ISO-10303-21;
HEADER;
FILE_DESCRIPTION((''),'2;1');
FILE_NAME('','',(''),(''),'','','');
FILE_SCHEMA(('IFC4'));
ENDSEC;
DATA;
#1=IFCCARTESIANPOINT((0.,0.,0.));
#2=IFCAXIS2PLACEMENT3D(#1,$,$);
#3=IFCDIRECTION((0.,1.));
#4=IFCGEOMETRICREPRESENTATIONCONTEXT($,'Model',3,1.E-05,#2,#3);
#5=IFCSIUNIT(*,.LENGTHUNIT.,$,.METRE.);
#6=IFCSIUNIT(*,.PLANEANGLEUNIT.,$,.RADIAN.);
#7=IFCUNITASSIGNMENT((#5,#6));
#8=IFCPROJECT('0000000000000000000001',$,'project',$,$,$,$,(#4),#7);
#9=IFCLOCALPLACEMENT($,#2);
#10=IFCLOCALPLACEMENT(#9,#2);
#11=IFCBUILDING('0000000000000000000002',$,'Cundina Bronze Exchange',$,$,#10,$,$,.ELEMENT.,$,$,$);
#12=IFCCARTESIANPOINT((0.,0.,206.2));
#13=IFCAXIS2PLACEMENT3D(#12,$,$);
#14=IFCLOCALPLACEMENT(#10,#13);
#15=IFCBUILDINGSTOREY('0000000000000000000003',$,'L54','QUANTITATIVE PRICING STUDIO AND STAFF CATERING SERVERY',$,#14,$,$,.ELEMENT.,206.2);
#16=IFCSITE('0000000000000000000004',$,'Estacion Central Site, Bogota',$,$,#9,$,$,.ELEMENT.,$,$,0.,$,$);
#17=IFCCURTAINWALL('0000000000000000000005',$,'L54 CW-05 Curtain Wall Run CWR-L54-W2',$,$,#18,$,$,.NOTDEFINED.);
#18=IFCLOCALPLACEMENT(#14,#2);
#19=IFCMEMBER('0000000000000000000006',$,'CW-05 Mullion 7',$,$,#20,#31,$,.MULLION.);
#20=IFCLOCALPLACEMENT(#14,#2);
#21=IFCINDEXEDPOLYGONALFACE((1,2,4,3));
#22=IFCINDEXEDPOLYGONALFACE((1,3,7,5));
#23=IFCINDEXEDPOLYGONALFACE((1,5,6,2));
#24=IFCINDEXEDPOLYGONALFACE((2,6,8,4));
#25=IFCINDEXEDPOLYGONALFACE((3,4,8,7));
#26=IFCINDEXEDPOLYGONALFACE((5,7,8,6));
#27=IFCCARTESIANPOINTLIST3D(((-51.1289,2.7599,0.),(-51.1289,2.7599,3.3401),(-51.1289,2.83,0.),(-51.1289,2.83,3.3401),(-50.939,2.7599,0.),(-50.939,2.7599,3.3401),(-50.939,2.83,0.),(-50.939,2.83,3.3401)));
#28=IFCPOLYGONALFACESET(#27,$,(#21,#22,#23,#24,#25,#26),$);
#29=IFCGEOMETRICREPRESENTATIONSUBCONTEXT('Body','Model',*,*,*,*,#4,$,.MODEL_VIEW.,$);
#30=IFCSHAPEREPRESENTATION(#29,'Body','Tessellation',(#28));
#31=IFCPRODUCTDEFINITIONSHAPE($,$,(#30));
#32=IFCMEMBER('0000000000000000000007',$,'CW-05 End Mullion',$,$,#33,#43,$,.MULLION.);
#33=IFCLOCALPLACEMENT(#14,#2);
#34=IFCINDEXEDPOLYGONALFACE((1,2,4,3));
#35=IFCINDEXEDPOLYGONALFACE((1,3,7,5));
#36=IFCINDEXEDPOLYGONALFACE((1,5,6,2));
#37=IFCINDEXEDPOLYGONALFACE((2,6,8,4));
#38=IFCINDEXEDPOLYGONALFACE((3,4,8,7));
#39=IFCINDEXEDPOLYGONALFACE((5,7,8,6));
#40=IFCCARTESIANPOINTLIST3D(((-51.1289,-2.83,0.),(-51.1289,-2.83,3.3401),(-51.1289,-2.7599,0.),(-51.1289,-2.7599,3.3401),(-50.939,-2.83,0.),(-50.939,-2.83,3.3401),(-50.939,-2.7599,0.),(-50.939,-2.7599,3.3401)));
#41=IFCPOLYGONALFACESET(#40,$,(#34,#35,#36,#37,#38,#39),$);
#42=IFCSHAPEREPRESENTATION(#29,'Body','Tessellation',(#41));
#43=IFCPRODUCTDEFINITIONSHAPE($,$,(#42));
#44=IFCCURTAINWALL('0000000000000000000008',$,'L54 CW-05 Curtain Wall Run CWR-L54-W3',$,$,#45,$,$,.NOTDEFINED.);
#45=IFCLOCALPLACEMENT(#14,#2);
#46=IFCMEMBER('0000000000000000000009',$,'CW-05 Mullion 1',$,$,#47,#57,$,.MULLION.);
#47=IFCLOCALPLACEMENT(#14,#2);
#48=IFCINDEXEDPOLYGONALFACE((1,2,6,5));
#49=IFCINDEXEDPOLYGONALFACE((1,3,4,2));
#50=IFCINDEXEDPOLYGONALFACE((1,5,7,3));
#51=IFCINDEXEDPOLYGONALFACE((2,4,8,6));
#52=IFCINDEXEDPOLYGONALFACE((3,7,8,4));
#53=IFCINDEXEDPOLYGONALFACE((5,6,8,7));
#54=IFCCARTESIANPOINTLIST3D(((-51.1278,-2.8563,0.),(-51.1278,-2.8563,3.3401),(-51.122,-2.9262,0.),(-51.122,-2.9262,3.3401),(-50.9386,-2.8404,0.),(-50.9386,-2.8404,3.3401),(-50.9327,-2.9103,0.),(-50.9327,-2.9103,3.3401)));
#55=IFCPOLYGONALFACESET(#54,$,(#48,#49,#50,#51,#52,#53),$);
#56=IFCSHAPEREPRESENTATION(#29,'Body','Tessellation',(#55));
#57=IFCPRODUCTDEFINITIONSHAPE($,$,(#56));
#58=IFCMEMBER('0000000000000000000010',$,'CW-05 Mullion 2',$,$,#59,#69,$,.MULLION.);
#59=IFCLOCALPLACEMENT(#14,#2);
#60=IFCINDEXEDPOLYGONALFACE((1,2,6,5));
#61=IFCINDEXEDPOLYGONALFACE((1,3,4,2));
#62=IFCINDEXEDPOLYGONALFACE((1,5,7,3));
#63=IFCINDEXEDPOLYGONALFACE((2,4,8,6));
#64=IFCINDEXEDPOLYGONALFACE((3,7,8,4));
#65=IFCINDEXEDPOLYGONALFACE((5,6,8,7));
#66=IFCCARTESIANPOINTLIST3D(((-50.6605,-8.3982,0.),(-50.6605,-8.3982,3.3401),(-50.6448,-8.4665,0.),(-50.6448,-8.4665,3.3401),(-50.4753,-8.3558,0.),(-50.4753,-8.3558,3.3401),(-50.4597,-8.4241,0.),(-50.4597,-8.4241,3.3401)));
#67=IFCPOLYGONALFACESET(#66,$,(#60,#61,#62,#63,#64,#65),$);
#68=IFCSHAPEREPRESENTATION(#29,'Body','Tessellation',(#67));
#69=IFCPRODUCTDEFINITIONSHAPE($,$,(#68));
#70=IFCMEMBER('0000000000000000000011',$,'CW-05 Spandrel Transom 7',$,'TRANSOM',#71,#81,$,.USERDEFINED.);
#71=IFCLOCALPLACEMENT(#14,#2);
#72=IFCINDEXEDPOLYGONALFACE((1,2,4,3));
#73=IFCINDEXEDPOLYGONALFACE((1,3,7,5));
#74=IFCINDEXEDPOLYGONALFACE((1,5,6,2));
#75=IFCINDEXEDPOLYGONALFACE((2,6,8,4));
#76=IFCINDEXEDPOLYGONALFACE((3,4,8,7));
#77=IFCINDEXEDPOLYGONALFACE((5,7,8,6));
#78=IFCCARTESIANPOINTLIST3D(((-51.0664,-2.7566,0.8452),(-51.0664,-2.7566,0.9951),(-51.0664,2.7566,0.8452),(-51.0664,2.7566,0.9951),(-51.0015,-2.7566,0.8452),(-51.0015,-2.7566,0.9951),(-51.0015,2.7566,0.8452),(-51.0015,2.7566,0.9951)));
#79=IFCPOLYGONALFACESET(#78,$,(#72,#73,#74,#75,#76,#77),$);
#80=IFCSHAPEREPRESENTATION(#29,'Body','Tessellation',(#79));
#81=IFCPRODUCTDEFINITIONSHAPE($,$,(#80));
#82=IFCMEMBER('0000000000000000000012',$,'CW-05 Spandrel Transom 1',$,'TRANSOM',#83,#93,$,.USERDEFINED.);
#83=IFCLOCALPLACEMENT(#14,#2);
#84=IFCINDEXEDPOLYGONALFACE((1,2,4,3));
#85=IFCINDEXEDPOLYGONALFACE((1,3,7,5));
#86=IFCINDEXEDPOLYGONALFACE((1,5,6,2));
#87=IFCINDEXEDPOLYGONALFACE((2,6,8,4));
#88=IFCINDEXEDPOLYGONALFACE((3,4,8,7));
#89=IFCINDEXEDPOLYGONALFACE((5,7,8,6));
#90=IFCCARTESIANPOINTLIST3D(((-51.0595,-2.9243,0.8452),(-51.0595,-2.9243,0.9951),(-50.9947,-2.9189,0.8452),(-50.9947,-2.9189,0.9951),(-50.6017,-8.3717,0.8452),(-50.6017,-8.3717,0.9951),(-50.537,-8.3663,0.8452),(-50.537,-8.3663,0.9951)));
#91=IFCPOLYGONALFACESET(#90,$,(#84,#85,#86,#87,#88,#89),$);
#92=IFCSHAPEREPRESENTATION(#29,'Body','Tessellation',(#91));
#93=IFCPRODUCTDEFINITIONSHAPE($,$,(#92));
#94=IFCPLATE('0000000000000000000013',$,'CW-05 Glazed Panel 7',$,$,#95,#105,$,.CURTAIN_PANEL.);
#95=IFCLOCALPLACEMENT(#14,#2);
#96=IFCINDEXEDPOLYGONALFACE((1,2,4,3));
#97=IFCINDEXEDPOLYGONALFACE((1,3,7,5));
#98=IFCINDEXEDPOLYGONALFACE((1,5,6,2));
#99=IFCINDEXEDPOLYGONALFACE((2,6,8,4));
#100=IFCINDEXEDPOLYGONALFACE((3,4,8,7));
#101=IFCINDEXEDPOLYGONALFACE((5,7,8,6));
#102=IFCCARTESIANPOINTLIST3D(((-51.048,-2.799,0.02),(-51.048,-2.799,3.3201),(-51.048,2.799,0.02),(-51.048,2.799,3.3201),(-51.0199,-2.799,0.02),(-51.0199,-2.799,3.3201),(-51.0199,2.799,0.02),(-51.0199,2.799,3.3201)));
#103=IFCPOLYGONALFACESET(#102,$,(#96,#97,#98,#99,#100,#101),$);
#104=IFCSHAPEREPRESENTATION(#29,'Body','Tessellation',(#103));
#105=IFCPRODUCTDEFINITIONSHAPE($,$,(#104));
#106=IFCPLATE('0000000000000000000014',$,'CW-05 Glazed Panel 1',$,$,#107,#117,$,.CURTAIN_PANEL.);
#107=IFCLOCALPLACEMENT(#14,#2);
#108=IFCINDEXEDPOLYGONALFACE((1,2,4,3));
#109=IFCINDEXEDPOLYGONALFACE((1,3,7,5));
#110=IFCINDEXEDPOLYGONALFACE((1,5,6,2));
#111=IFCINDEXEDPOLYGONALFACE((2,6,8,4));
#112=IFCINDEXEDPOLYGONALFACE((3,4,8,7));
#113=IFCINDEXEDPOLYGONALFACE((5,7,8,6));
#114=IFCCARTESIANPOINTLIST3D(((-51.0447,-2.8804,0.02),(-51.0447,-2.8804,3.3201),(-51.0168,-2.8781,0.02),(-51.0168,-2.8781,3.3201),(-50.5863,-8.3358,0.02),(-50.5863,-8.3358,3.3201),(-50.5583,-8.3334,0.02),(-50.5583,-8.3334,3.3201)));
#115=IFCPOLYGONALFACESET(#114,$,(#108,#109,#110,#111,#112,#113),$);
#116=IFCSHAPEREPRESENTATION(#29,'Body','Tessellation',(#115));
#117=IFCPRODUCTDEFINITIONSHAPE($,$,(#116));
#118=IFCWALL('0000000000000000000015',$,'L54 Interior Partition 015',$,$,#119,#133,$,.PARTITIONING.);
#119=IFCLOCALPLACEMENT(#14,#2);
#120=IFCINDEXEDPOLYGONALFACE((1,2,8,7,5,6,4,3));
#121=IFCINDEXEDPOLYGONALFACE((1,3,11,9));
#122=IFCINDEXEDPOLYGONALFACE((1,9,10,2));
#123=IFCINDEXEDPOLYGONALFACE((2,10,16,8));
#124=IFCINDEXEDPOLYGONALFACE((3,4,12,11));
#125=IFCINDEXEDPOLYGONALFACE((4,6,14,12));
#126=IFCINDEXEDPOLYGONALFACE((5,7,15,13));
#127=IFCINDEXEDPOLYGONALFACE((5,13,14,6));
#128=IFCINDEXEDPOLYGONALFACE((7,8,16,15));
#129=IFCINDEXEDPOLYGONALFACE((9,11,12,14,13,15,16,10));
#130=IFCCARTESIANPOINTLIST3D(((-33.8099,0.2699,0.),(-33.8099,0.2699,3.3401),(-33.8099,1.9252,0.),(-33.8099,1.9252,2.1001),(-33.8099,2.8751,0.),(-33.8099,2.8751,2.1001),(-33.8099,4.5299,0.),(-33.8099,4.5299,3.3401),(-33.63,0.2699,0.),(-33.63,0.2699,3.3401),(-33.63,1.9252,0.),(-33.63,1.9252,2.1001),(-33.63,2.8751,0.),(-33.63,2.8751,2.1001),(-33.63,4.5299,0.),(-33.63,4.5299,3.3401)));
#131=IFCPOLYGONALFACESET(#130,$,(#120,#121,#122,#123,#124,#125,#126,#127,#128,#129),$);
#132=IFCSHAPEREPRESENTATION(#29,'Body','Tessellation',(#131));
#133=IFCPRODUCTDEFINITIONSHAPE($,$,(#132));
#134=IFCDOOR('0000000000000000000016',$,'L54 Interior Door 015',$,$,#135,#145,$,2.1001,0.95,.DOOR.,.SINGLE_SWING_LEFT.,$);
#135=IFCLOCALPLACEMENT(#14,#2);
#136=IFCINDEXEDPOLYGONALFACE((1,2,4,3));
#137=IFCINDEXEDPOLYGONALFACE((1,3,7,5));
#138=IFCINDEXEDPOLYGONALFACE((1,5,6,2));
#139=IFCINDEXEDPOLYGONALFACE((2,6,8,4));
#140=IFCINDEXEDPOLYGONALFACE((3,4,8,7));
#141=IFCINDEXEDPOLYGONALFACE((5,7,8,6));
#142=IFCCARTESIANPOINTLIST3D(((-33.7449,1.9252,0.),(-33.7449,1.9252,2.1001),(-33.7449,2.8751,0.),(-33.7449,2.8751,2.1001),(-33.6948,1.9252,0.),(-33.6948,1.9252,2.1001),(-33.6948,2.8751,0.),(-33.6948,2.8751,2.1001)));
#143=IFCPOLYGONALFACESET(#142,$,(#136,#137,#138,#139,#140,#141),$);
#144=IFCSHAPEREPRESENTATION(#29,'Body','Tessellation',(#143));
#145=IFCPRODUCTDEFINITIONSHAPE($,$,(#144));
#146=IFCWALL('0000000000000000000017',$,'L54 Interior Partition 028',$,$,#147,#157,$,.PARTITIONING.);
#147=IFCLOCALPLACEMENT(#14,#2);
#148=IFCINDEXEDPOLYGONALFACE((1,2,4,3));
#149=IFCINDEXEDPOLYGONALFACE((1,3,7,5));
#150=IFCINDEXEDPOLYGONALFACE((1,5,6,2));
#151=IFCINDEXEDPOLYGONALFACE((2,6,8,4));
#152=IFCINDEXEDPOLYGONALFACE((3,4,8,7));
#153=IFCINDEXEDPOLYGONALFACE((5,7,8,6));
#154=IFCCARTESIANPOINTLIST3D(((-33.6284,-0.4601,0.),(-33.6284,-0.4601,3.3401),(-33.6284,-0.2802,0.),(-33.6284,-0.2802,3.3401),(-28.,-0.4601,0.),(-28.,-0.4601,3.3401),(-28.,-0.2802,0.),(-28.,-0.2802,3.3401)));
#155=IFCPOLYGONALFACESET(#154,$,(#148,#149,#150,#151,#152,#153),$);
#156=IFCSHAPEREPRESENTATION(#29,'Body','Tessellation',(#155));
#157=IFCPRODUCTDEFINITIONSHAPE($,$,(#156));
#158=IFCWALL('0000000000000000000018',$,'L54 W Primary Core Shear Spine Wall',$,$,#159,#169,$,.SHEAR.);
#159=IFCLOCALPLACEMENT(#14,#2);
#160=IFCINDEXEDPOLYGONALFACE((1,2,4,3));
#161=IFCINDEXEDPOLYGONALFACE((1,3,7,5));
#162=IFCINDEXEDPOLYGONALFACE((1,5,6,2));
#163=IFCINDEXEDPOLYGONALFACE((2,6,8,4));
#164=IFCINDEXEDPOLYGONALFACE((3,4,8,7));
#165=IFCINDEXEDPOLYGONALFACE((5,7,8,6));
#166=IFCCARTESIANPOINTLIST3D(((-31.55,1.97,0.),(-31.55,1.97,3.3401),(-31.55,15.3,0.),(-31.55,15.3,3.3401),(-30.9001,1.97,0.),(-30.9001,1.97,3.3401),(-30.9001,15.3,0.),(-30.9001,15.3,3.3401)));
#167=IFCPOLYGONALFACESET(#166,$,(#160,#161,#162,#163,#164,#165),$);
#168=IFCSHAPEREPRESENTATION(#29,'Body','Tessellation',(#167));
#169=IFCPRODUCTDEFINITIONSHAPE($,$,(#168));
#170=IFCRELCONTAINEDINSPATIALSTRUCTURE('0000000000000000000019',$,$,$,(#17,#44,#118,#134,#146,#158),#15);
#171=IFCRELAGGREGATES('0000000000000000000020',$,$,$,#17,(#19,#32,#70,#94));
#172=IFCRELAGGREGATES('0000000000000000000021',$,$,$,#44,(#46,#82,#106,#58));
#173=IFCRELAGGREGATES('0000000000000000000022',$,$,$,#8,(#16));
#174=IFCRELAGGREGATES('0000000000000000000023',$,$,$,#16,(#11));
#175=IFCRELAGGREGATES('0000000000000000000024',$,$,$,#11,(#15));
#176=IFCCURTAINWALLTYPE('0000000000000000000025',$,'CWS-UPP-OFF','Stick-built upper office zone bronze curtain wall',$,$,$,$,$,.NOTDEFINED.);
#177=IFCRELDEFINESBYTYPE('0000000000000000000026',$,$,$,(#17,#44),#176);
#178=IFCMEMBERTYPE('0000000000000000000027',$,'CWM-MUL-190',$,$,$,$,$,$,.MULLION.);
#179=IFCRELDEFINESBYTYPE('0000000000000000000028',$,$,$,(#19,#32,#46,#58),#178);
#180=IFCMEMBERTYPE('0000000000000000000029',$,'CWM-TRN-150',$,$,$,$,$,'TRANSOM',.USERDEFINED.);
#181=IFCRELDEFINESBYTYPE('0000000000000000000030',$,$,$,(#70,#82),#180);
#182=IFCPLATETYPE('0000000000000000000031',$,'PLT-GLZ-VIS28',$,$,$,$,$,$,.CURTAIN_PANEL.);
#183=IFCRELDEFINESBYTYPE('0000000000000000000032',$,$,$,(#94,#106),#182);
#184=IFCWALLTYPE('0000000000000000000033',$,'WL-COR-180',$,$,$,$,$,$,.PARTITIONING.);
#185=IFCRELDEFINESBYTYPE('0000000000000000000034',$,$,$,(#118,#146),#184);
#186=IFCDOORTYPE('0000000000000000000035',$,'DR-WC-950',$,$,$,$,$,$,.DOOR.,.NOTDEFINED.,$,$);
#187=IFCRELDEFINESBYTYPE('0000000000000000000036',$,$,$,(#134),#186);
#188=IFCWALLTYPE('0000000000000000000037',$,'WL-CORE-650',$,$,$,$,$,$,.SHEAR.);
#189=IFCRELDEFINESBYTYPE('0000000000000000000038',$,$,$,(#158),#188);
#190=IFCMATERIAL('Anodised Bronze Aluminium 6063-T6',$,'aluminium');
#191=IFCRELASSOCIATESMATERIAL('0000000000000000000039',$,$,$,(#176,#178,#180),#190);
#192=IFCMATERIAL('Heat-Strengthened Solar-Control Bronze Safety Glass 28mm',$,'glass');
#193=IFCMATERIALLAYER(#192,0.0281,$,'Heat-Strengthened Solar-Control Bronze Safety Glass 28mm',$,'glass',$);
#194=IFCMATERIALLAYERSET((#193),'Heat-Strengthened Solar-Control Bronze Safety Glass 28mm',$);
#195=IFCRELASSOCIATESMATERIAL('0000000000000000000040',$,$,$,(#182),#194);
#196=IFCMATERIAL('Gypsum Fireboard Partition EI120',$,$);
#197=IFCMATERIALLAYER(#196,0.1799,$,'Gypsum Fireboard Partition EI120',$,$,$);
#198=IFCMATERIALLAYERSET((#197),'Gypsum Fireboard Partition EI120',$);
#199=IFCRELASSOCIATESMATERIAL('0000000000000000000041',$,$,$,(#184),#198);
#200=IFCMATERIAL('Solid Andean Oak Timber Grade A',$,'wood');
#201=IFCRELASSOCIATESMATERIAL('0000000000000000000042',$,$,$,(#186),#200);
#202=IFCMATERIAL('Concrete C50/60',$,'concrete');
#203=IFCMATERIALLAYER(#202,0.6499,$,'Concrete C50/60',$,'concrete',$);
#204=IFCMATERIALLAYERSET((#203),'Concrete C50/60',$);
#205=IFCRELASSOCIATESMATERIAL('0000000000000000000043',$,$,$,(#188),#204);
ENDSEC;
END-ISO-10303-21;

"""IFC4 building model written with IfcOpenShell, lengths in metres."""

from ifc_helpers import new_model, si_unit, direction, frame, frame_2d, origin, origin_2d, place, context, subcontext, project, spatial, rectangle, extrude, material, layer, layer_set, material_profile, profile_set, type_object, element, fill, aggregate, save


model = new_model("IFC4")

# Units and contexts
model_context = context("Model", 3, precision=1e-05, world=origin(), true_north=direction((0.0, 1.0)))
body_context = subcontext(model_context, "Body", "Model", "MODEL_VIEW")
ifc_project = project(units=[si_unit("LENGTHUNIT", "METRE"), si_unit("PLANEANGLEUNIT", "RADIAN")], contexts=[model_context])

# Site, building, storey
site_placement = place(None, origin())
site = spatial("IfcSite", under=ifc_project, at=site_placement, Name="Estacion Central Site, Bogota", CompositionType="ELEMENT", RefElevation=0.0)
building_placement = place(site_placement, origin())
building = spatial("IfcBuilding", under=site, at=building_placement, Name="Cundina Bronze Exchange", CompositionType="ELEMENT")
storey_placement = place(building_placement, frame((0.0, 0.0, 206.2)))
storey = spatial("IfcBuildingStorey", under=building, at=storey_placement, Name="L54", Description="QUANTITATIVE PRICING STUDIO AND STAFF CATERING SERVERY", CompositionType="ELEMENT", Elevation=206.2)

# Shared definitions
ifc_material_1 = material(Name="Concrete C50/60", Category="concrete")

# Curtain walls, members
ifc_material_2 = material(Name="Anodised Bronze Aluminium 6063-T6", Category="aluminium")
curtain_wall_type = type_object("IfcCurtainWallType", Name="CWS-UPP-OFF", Description="Stick-built upper office zone bronze curtain wall", PredefinedType="NOTDEFINED", material=ifc_material_2)
curtain_wall_1_placement = place(storey_placement, origin())
curtain_wall_1 = element("IfcCurtainWall", 1, at=curtain_wall_1_placement, inside=storey, type_object=curtain_wall_type, Name="L54 CW-05 Curtain Wall Run CWR-L54-W2", PredefinedType="NOTDEFINED")
ifc_material_profile_1 = material_profile(ifc_material_2, rectangle(XDim=0.0701, YDim=0.1899, at=origin_2d()), Name="AL70X190", Category="aluminium")
ifc_profile_set_1 = profile_set([ifc_material_profile_1], Name="Anodised Bronze Aluminium 6063-T6")
member_type_1 = type_object("IfcMemberType", Name="CWM-MUL-190", PredefinedType="MULLION", material=ifc_profile_set_1)
member_1_placement = place(storey_placement, frame((-51.0339, 2.7949, 0.0), z_axis=(0.0, 0.0, 1.0), x_axis=(0.0, -1.0, 0.0)))
member_1 = element("IfcMember", 2, at=member_1_placement, type_object=member_type_1, Name="CW-05 Mullion 7", PredefinedType="MULLION", context=body_context, shape_type="SweptSolid", body=[
    extrude(rectangle(XDim=0.0701, YDim=0.1899, at=origin_2d()), origin(), (0.0, 0.0, 1.0), 3.3401),
])
member_2_placement = place(storey_placement, frame((-51.0339, -2.7949, 0.0), z_axis=(0.0, 0.0, 1.0), x_axis=(0.0, -1.0, 0.0)))
member_2 = element("IfcMember", 3, at=member_2_placement, type_object=member_type_1, Name="CW-05 End Mullion", PredefinedType="MULLION", context=body_context, shape_type="SweptSolid", body=[
    extrude(rectangle(XDim=0.0701, YDim=0.1899, at=origin_2d()), origin(), (0.0, 0.0, 1.0), 3.3401),
])
curtain_wall_2_placement = place(storey_placement, origin())
curtain_wall_2 = element("IfcCurtainWall", 4, at=curtain_wall_2_placement, inside=storey, type_object=curtain_wall_type, Name="L54 CW-05 Curtain Wall Run CWR-L54-W3", PredefinedType="NOTDEFINED")
member_3_placement = place(storey_placement, frame((-51.0303, -2.8833, 0.0), z_axis=(0.0, 0.0, 1.0), x_axis=(0.083678, -0.996493, 0.0)))
member_3 = element("IfcMember", 5, at=member_3_placement, type_object=member_type_1, Name="CW-05 Mullion 1", PredefinedType="MULLION", context=body_context, shape_type="SweptSolid", body=[
    extrude(rectangle(XDim=0.0701, YDim=0.1899, at=origin_2d()), origin(), (0.0, 0.0, 1.0), 3.3401),
])
member_4_placement = place(storey_placement, frame((-50.5601, -8.4111, 0.0), z_axis=(0.0, 0.0, 1.0), x_axis=(0.22325, -0.974761, 0.0)))
member_4 = element("IfcMember", 6, at=member_4_placement, type_object=member_type_1, Name="CW-05 Mullion 2", PredefinedType="MULLION", context=body_context, shape_type="SweptSolid", body=[
    extrude(rectangle(XDim=0.0701, YDim=0.1899, at=origin_2d()), origin(), (0.0, 0.0, 1.0), 3.3401),
])

# Members
ifc_material_profile_2 = material_profile(ifc_material_2, rectangle(XDim=0.0649, YDim=0.1499, at=origin_2d()), Name="AL65X150", Category="aluminium")
ifc_profile_set_2 = profile_set([ifc_material_profile_2], Name="Anodised Bronze Aluminium 6063-T6")
member_type_2 = type_object("IfcMemberType", Name="CWM-TRN-150", ElementType="TRANSOM", PredefinedType="USERDEFINED", material=ifc_profile_set_2)
member_5_placement = place(storey_placement, frame((-51.0339, 2.7566, 0.9202), z_axis=(0.0, -1.0, 0.0), x_axis=(1.0, 0.0, 0.0)))
member_5 = element("IfcMember", 7, at=member_5_placement, type_object=member_type_2, Name="CW-05 Spandrel Transom 7", ObjectType="TRANSOM", PredefinedType="USERDEFINED", context=body_context, shape_type="SweptSolid", body=[
    extrude(rectangle(XDim=0.0649, YDim=0.1499, at=origin_2d()), origin(), (0.0, 0.0, 1.0), 5.5132),
])
member_6_placement = place(storey_placement, frame((-51.0271, -2.9216, 0.9202), z_axis=(0.08374, -0.996488, 0.0), x_axis=(0.996488, 0.08374, 0.0)))
member_6 = element("IfcMember", 8, at=member_6_placement, type_object=member_type_2, Name="CW-05 Spandrel Transom 1", ObjectType="TRANSOM", PredefinedType="USERDEFINED", context=body_context, shape_type="SweptSolid", body=[
    extrude(rectangle(XDim=0.0649, YDim=0.1499, at=origin_2d()), origin(), (0.0, 0.0, 1.0), 5.4666),
])

# Plates
ifc_material_3 = material(Name="Heat-Strengthened Solar-Control Bronze Safety Glass 28mm", Category="glass")
ifc_layer_1 = layer(ifc_material_3, 0.0281, Name="Heat-Strengthened Solar-Control Bronze Safety Glass 28mm", Category="glass")
ifc_layer_set_1 = layer_set([ifc_layer_1], Name="Heat-Strengthened Solar-Control Bronze Safety Glass 28mm")
plate_type = type_object("IfcPlateType", Name="PLT-GLZ-VIS28", PredefinedType="CURTAIN_PANEL", material=ifc_layer_set_1)
plate_1_placement = place(storey_placement, frame((-51.0339, 0.0, 0.02), z_axis=(0.0, 0.0, 1.0), x_axis=(0.0, -1.0, 0.0)))
plate_1 = element("IfcPlate", 9, at=plate_1_placement, type_object=plate_type, Name="CW-05 Glazed Panel 7", PredefinedType="CURTAIN_PANEL", context=body_context, shape_type="SweptSolid", body=[
    extrude(rectangle(XDim=5.5979, YDim=0.0281, at=origin_2d()), origin(), (0.0, 0.0, 1.0), 3.3),
])
aggregate(curtain_wall_1, [member_1, member_2, member_5, plate_1])
plate_2_placement = place(storey_placement, frame((-50.8015, -5.6069, 0.02), z_axis=(0.0, 0.0, 1.0), x_axis=(0.083747, -0.996487, 0.0)))
plate_2 = element("IfcPlate", 10, at=plate_2_placement, type_object=plate_type, Name="CW-05 Glazed Panel 1", PredefinedType="CURTAIN_PANEL", context=body_context, shape_type="SweptSolid", body=[
    extrude(rectangle(XDim=5.4746, YDim=0.0281, at=origin_2d()), origin(), (0.0, 0.0, 1.0), 3.3),
])
aggregate(curtain_wall_2, [member_3, member_6, plate_2, member_4])

# Wall, opening, door
ifc_material_4 = material(Name="Gypsum Fireboard Partition EI120")
ifc_layer_2 = layer(ifc_material_4, 0.1799, Name="Gypsum Fireboard Partition EI120")
ifc_layer_set_2 = layer_set([ifc_layer_2], Name="Gypsum Fireboard Partition EI120")
wall_type_1 = type_object("IfcWallType", Name="WL-COR-180", PredefinedType="PARTITIONING", material=ifc_layer_set_2)
wall_1_placement = place(storey_placement, frame((-33.72, 0.27, 0.0), z_axis=(0.0, 0.0, 1.0), x_axis=(0.0, 1.0, 0.0)))
wall_1 = element("IfcWall", 11, at=wall_1_placement, inside=storey, type_object=wall_type_1, Name="L54 Interior Partition 015", PredefinedType="PARTITIONING", context=body_context, shape_type="SweptSolid", body=[
    extrude(rectangle(XDim=4.26, YDim=0.1799, at=frame_2d((2.1299, 0.0))), origin(), (0.0, 0.0, 1.0), 3.3401),
])
opening_1_placement = place(wall_1_placement, frame((1.655, 0.0, 0.0)))
opening_1 = element("IfcOpeningElement", 12, at=opening_1_placement, cuts=wall_1, PredefinedType="OPENING", context=body_context, shape_type="SweptSolid", body=[
    extrude(rectangle(XDim=0.95, YDim=2.1001, at=frame_2d((0.4751, 1.05))), frame((0.0, 0.0999, 0.0), z_axis=(0.0, -1.0, 0.0), x_axis=(1.0, 0.0, 0.0)), (0.0, 0.0, 1.0), 0.2),
])
ifc_material_5 = material(Name="Solid Andean Oak Timber Grade A", Category="wood")
door_type_1 = type_object("IfcDoorType", Name="DR-WC-950", OperationType="NOTDEFINED", PredefinedType="DOOR", material=ifc_material_5)
door_1_placement = place(opening_1_placement, origin())
door_1 = element("IfcDoor", 13, at=door_1_placement, inside=storey, type_object=door_type_1, Name="L54 Interior Door 015", OperationType="SINGLE_SWING_LEFT", OverallHeight=2.1001, OverallWidth=0.95, PredefinedType="DOOR", context=body_context, shape_type="SweptSolid", body=[
    extrude(rectangle(XDim=0.95, YDim=2.1001, at=frame_2d((0.4751, 1.05))), frame((0.0, 0.0249, 0.0), z_axis=(0.0, -1.0, 0.0), x_axis=(1.0, 0.0, 0.0)), (0.0, 0.0, 1.0), 0.05),
])
fill(opening_1, door_1)

# Walls
wall_2_placement = place(storey_placement, frame((-33.6284, -0.3701, 0.0), z_axis=(0.0, 0.0, 1.0), x_axis=(1.0, 0.0, 0.0)))
element("IfcWall", 14, at=wall_2_placement, inside=storey, type_object=wall_type_1, Name="L54 Interior Partition 028", PredefinedType="PARTITIONING", context=body_context, shape_type="SweptSolid", body=[
    extrude(rectangle(XDim=5.6284, YDim=0.1799, at=frame_2d((2.8142, 0.0))), origin(), (0.0, 0.0, 1.0), 3.3401),
])
ifc_layer_3 = layer(ifc_material_1, 0.6499, Name="Concrete C50/60", Category="concrete")
ifc_layer_set_3 = layer_set([ifc_layer_3], Name="Concrete C50/60")
wall_type_2 = type_object("IfcWallType", Name="WL-CORE-650", PredefinedType="SHEAR", material=ifc_layer_set_3)
wall_3_placement = place(storey_placement, frame((-31.2251, 1.97, 0.0), z_axis=(0.0, 0.0, 1.0), x_axis=(0.0, 1.0, 0.0)))
element("IfcWall", 15, at=wall_3_placement, inside=storey, type_object=wall_type_2, Name="L54 W Primary Core Shear Spine Wall", PredefinedType="SHEAR", context=body_context, shape_type="SweptSolid", body=[
    extrude(rectangle(XDim=13.3301, YDim=0.6499, at=frame_2d((6.665, 0.0))), origin(), (0.0, 0.0, 1.0), 3.3401),
])

save(model, "model.ifc")
